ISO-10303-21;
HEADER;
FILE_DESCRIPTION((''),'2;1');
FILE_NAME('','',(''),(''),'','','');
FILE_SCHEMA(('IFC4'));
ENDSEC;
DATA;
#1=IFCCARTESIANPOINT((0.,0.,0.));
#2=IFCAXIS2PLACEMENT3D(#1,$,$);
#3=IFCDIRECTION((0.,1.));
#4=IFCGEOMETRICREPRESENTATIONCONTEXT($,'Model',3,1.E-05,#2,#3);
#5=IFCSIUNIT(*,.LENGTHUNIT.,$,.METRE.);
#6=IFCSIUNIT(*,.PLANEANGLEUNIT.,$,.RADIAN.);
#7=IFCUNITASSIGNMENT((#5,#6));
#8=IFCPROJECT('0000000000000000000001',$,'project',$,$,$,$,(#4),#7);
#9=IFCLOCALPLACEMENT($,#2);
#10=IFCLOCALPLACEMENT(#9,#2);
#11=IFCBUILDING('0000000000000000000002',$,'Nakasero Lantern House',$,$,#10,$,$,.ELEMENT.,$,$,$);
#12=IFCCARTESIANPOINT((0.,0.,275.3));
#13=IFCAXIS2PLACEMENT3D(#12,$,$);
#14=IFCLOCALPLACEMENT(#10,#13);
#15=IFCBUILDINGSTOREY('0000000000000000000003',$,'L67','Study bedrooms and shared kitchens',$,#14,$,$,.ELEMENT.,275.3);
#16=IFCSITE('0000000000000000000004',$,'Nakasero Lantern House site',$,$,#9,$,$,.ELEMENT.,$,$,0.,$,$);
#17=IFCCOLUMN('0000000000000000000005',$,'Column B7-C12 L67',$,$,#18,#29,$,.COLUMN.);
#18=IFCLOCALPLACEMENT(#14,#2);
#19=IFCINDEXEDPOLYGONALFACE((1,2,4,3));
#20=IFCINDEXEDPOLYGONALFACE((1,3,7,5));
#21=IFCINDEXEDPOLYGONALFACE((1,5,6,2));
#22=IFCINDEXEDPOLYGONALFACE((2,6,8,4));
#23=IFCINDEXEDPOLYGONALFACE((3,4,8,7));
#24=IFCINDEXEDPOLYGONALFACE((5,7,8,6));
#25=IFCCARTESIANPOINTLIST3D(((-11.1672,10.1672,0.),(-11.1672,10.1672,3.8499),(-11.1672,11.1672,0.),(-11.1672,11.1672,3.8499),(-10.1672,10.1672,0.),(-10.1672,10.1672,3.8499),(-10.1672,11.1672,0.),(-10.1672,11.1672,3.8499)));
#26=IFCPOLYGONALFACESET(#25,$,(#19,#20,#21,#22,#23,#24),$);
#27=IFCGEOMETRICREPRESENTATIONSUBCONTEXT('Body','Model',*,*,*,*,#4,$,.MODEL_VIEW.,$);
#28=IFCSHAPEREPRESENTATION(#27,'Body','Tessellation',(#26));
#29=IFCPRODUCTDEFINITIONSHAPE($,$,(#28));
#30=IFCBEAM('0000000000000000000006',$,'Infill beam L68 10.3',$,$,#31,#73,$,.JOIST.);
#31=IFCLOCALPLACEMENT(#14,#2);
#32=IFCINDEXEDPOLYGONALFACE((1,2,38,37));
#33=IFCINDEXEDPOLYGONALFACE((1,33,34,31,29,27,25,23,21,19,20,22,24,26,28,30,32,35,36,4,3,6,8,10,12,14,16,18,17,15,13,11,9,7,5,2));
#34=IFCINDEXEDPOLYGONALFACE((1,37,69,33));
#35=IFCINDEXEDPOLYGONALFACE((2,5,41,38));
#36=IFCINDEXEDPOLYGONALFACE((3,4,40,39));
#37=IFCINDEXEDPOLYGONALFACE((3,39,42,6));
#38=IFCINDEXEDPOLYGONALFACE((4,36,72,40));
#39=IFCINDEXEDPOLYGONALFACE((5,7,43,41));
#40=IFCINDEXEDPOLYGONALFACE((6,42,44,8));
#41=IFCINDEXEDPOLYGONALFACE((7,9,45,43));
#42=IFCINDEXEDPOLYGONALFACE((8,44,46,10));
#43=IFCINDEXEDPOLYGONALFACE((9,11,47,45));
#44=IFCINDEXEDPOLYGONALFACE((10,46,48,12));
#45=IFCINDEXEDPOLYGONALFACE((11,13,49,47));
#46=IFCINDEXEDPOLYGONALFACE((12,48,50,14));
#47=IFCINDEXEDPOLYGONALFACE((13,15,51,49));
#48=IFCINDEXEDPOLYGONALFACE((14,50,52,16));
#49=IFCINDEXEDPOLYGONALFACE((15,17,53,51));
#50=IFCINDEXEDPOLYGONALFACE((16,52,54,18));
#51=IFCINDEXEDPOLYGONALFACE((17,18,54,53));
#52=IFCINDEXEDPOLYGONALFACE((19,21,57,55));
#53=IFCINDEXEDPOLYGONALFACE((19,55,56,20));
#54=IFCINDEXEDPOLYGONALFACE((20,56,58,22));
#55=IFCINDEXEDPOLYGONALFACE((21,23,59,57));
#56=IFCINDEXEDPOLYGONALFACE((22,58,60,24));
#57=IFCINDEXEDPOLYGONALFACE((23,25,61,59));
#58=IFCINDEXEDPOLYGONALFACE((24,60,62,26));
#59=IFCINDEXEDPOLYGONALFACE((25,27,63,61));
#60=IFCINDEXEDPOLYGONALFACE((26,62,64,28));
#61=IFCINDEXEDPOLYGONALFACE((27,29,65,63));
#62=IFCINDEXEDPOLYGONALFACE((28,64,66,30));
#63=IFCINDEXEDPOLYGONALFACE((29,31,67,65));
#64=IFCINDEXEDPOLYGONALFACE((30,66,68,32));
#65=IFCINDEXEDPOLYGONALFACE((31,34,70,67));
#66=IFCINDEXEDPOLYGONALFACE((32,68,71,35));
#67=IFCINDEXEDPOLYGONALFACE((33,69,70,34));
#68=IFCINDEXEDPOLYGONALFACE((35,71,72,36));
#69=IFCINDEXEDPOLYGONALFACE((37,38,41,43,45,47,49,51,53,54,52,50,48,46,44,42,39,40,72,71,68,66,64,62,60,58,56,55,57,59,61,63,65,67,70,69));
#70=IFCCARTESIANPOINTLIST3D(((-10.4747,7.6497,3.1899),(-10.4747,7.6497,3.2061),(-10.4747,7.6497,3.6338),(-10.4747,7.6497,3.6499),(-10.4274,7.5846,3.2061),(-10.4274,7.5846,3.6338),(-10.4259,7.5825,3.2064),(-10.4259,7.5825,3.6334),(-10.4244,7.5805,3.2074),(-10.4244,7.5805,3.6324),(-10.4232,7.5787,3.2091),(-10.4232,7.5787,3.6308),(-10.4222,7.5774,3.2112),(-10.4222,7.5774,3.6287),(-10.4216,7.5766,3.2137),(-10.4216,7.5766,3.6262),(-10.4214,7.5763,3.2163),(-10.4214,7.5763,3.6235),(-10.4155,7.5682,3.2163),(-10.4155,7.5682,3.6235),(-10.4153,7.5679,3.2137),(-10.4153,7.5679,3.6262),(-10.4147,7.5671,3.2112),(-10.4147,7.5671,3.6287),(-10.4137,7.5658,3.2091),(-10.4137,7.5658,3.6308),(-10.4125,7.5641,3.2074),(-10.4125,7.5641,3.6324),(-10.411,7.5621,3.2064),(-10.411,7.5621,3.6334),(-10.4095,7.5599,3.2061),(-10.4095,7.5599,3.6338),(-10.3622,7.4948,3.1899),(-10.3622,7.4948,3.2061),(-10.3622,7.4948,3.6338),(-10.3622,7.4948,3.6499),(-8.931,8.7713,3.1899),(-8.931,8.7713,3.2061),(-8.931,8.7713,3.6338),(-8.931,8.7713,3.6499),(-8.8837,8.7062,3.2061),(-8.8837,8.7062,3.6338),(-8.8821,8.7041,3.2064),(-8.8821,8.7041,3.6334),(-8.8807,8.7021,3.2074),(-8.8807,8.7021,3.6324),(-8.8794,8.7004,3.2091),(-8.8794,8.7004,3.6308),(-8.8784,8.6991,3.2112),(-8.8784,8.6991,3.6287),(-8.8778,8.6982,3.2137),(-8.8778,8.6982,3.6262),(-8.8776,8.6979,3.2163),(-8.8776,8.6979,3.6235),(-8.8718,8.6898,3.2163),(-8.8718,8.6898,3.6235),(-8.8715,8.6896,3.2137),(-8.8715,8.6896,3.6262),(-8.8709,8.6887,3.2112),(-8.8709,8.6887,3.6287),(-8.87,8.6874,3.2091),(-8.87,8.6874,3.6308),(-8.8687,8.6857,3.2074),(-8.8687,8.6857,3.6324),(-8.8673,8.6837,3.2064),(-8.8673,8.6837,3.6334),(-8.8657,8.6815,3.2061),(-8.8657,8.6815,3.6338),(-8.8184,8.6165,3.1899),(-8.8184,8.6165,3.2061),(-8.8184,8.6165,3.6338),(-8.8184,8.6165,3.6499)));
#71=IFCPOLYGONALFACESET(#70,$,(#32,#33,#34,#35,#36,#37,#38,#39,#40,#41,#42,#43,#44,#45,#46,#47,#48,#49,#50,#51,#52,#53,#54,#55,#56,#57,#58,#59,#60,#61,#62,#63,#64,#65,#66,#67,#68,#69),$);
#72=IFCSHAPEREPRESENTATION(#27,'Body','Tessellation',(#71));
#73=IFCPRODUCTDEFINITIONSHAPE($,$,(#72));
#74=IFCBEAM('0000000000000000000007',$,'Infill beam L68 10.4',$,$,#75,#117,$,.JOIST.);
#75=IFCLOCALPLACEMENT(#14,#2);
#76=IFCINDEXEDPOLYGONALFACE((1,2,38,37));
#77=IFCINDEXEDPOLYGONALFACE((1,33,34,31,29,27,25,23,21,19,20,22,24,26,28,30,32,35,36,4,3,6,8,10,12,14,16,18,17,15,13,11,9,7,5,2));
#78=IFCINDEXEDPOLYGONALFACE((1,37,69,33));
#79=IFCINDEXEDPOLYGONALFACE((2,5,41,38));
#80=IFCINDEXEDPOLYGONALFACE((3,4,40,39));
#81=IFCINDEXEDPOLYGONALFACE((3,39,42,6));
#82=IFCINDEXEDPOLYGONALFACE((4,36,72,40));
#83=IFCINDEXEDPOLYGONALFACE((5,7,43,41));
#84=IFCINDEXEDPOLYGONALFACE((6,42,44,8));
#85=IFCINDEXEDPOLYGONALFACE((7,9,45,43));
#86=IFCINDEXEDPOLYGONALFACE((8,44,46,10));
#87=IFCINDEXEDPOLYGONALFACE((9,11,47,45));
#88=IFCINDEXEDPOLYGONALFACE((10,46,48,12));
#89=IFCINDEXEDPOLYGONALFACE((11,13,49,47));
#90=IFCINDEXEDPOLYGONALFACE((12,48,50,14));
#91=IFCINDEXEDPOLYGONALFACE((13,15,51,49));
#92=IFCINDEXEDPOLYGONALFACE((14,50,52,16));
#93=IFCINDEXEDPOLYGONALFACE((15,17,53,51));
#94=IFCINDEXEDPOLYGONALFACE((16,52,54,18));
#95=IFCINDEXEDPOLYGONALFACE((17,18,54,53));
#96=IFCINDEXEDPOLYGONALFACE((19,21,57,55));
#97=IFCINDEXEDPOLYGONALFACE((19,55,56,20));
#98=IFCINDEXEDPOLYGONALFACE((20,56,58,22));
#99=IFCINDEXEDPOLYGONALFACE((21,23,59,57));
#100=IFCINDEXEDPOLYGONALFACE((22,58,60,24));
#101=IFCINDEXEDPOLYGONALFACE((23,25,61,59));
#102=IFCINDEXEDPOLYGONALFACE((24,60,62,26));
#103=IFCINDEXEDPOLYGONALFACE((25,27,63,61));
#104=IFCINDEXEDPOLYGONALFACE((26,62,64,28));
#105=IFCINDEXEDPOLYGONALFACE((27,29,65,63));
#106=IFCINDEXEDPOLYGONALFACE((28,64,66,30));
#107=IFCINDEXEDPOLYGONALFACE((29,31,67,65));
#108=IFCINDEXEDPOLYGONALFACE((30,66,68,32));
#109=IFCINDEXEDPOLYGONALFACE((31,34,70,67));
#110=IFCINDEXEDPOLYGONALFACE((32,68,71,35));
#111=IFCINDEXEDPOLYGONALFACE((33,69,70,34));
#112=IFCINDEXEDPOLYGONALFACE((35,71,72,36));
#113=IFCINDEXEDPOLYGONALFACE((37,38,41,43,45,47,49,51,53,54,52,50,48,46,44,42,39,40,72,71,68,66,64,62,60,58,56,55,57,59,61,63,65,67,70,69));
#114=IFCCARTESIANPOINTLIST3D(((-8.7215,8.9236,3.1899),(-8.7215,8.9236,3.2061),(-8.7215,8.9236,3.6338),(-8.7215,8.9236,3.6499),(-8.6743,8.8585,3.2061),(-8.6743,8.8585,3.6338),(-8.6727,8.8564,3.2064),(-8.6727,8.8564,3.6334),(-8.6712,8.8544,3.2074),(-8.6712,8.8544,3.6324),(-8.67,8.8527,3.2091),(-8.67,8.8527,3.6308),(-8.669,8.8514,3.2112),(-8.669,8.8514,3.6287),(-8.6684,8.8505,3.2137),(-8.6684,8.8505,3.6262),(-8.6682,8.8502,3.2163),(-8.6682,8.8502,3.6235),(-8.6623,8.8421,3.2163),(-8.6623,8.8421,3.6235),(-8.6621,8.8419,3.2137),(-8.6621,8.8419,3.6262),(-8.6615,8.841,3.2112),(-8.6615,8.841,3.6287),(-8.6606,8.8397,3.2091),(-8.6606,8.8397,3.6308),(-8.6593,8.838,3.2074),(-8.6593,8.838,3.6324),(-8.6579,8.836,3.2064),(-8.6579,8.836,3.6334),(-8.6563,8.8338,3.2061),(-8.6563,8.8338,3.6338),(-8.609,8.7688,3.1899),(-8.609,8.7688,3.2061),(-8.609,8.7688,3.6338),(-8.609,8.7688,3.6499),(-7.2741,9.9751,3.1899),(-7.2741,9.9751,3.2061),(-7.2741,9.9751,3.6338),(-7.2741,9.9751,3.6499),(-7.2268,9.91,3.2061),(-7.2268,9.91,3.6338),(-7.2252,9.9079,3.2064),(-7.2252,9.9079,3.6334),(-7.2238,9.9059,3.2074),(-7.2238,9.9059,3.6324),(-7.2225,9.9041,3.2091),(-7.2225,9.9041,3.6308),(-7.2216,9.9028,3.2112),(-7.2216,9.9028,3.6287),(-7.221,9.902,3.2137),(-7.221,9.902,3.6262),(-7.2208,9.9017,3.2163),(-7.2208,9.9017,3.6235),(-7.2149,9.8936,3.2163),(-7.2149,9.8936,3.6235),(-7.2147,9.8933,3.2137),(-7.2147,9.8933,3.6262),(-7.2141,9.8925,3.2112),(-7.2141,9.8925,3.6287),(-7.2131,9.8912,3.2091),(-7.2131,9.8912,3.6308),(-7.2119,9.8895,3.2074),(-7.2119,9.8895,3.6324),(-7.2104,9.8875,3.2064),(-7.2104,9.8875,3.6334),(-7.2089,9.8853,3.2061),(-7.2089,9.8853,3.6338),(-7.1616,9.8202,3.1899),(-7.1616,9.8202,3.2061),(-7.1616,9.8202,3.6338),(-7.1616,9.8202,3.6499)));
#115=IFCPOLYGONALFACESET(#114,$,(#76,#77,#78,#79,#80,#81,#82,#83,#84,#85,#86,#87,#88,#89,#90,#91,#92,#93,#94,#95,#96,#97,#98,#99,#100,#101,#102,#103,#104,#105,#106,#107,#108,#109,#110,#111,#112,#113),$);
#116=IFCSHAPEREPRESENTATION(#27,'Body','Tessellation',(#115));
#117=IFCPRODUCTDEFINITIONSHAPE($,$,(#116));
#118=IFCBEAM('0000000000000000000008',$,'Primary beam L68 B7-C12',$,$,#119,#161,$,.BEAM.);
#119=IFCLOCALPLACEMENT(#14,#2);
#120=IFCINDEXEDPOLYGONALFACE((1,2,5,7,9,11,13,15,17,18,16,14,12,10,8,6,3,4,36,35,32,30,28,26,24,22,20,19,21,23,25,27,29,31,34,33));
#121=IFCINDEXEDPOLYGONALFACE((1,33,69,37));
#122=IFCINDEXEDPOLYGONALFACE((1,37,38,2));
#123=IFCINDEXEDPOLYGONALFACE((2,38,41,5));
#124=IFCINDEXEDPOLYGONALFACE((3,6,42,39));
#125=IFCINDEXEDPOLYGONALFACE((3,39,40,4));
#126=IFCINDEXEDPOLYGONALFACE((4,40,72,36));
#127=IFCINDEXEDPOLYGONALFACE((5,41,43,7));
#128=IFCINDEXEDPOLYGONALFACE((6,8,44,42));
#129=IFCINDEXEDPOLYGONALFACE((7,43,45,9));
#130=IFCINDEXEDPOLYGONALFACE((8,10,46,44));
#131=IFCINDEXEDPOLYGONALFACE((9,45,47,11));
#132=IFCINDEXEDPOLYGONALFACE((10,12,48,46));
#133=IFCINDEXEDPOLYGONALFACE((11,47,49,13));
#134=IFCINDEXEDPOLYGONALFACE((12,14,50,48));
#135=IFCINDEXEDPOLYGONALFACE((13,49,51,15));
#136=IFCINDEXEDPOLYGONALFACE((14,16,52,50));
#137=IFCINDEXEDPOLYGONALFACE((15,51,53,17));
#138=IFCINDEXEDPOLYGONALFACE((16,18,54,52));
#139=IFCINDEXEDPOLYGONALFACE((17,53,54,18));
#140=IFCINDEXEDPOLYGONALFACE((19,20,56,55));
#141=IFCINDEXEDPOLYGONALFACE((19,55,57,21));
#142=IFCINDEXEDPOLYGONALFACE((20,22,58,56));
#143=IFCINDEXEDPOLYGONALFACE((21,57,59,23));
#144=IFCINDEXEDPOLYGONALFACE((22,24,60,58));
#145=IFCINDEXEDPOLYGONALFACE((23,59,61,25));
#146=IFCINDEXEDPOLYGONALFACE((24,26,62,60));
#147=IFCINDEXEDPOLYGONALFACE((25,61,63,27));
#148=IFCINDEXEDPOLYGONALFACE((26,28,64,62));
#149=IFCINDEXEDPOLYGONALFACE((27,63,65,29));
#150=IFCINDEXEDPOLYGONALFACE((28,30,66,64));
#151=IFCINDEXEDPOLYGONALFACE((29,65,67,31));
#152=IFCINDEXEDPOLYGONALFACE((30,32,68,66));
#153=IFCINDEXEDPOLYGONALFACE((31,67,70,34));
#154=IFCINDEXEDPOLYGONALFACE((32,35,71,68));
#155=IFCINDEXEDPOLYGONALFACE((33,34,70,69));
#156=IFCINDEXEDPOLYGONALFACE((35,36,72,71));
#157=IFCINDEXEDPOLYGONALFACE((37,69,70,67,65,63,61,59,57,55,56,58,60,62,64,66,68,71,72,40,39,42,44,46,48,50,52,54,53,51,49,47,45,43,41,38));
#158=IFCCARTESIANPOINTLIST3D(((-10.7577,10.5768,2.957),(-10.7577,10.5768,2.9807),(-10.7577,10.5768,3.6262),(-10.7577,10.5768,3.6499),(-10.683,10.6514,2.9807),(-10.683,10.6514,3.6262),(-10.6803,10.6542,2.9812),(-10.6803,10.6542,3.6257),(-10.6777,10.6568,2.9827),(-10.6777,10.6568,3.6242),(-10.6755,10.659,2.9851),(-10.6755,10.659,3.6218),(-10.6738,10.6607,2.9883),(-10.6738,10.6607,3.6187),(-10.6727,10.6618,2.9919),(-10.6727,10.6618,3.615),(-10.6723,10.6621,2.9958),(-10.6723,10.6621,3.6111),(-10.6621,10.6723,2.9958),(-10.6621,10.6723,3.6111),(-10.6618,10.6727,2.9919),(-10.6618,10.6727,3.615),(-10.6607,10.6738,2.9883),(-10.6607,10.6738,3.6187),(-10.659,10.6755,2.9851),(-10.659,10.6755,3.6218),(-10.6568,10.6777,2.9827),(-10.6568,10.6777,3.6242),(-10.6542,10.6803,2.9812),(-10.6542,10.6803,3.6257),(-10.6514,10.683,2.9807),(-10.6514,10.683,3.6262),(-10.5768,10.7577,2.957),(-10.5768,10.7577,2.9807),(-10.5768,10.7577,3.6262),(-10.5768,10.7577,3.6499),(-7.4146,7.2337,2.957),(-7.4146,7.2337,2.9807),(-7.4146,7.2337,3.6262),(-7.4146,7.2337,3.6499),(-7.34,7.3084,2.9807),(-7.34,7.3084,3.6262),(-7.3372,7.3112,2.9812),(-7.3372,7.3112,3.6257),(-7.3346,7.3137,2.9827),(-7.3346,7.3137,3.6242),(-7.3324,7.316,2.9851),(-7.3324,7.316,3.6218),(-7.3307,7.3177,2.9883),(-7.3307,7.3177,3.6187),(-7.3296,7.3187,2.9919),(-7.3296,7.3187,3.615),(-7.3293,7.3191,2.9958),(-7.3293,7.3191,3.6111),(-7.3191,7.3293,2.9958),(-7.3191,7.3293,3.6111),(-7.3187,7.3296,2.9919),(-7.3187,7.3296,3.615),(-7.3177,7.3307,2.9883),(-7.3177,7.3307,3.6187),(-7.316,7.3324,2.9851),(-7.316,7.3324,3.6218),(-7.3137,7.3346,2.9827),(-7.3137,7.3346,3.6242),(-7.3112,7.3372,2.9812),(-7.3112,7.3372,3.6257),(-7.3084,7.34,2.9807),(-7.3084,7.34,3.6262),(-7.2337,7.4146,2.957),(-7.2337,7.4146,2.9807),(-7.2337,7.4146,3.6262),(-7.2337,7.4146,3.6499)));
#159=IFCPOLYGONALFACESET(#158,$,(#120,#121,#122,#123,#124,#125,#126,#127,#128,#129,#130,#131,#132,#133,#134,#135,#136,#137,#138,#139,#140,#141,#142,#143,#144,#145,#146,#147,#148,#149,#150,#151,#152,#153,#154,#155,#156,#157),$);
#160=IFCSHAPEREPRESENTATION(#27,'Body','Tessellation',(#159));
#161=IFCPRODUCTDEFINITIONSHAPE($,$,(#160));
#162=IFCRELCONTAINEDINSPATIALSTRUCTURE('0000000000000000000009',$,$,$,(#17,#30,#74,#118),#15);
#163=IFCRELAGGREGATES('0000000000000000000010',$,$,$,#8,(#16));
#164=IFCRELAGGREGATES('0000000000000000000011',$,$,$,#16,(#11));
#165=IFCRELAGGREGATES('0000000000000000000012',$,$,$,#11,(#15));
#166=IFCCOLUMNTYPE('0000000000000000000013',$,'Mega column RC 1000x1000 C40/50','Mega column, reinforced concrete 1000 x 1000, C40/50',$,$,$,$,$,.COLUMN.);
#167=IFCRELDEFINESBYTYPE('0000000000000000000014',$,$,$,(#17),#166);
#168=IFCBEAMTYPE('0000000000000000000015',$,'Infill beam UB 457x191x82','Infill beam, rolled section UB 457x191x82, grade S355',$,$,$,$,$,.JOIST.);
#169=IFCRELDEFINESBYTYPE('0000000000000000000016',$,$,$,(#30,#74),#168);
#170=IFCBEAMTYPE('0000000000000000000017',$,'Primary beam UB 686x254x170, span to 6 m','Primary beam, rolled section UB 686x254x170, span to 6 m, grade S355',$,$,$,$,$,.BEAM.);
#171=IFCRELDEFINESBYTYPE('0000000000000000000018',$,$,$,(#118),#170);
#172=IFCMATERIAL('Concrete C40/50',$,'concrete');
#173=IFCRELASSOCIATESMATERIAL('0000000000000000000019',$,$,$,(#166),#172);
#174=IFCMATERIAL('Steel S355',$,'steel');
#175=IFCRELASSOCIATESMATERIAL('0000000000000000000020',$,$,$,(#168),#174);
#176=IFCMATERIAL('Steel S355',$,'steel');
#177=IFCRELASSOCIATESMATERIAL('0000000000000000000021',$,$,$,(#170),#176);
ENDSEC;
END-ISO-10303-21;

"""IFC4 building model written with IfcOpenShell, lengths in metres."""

from ifc_helpers import new_model, si_unit, direction, frame, origin, origin_2d, place, context, subcontext, project, spatial, rectangle, i_section, extrude, material, material_profile, profile_set, type_object, element, save


model = new_model("IFC4")

# Units and contexts
model_context = context("Model", 3, precision=1e-05, world=origin(), true_north=direction((0.0, 1.0)))
body_context = subcontext(model_context, "Body", "Model", "MODEL_VIEW")
ifc_project = project(units=[si_unit("LENGTHUNIT", "METRE"), si_unit("PLANEANGLEUNIT", "RADIAN")], contexts=[model_context])

# Site, building, storey
site_placement = place(None, origin())
site = spatial("IfcSite", under=ifc_project, at=site_placement, Name="Nakasero Lantern House site", CompositionType="ELEMENT", RefElevation=0.0)
building_placement = place(site_placement, origin())
building = spatial("IfcBuilding", under=site, at=building_placement, Name="Nakasero Lantern House", CompositionType="ELEMENT")
storey_placement = place(building_placement, frame((0.0, 0.0, 275.3)))
storey = spatial("IfcBuildingStorey", under=building, at=storey_placement, Name="L67", Description="Study bedrooms and shared kitchens", CompositionType="ELEMENT", Elevation=275.3)

# Column
ifc_material_1 = material(Name="Concrete C40/50", Category="concrete")
ifc_material_profile_1 = material_profile(ifc_material_1, rectangle(XDim=1.0, YDim=1.0, at=origin_2d()), Name="RC 1000x1000")
ifc_profile_set_1 = profile_set([ifc_material_profile_1], Name="Concrete C40/50")
column_type = type_object("IfcColumnType", Name="Mega column RC 1000x1000 C40/50", Description="Mega column, reinforced concrete 1000 x 1000, C40/50", PredefinedType="COLUMN", material=ifc_profile_set_1)
column_placement = place(storey_placement, frame((-10.6672, 10.6672, 0.0), z_axis=(0.0, 0.0, 1.0), x_axis=(1.0, 0.0, 0.0)))
element("IfcColumn", 1, at=column_placement, inside=storey, type_object=column_type, Name="Column B7-C12 L67", PredefinedType="COLUMN", context=body_context, shape_type="SweptSolid", body=[
    extrude(rectangle(XDim=1.0, YDim=1.0, at=origin_2d()), origin(), (0.0, 0.0, 1.0), 3.8499),
])

# Beams
ifc_material_2 = material(Name="Steel S355", Category="steel")
ifc_material_profile_2 = material_profile(ifc_material_2, i_section(OverallWidth=0.1914, OverallDepth=0.46, WebThickness=0.01, FlangeThickness=0.0161, FilletRadius=0.0103, at=origin_2d()), Name="UB 457x191x82")
ifc_profile_set_2 = profile_set([ifc_material_profile_2], Name="Steel S355")
beam_type_1 = type_object("IfcBeamType", Name="Infill beam UB 457x191x82", Description="Infill beam, rolled section UB 457x191x82, grade S355", PredefinedType="JOIST", material=ifc_profile_set_2)
beam_1_placement = place(storey_placement, frame((-10.4185, 7.5723, 3.4199), z_axis=(0.809013, 0.587791, 0.0), x_axis=(-0.587791, 0.809013, 0.0)))
element("IfcBeam", 2, at=beam_1_placement, inside=storey, type_object=beam_type_1, Name="Infill beam L68 10.3", PredefinedType="JOIST", context=body_context, shape_type="SweptSolid", body=[
    extrude(i_section(OverallWidth=0.1914, OverallDepth=0.46, WebThickness=0.01, FlangeThickness=0.0161, FilletRadius=0.0103, at=origin_2d()), origin(), (0.0, 0.0, 1.0), 1.9082),
])
beam_2_placement = place(storey_placement, frame((-8.6653, 8.8462, 3.4199), z_axis=(0.809061, 0.587725, 0.0), x_axis=(-0.587725, 0.809061, 0.0)))
element("IfcBeam", 3, at=beam_2_placement, inside=storey, type_object=beam_type_1, Name="Infill beam L68 10.4", PredefinedType="JOIST", context=body_context, shape_type="SweptSolid", body=[
    extrude(i_section(OverallWidth=0.1914, OverallDepth=0.46, WebThickness=0.01, FlangeThickness=0.0161, FilletRadius=0.0103, at=origin_2d()), origin(), (0.0, 0.0, 1.0), 1.7891),
])
ifc_material_3 = material(Name="Steel S355", Category="steel")
ifc_material_profile_3 = material_profile(ifc_material_3, i_section(OverallWidth=0.2559, OverallDepth=0.6929, WebThickness=0.0144, FlangeThickness=0.0237, FilletRadius=0.0151, at=origin_2d()), Name="UB 686x254x170")
ifc_profile_set_3 = profile_set([ifc_material_profile_3], Name="Steel S355")
beam_type_2 = type_object("IfcBeamType", Name="Primary beam UB 686x254x170, span to 6 m", Description="Primary beam, rolled section UB 686x254x170, span to 6 m, grade S355", PredefinedType="BEAM", material=ifc_profile_set_3)
beam_3_placement = place(storey_placement, frame((-10.6672, 10.6672, 3.3035), z_axis=(0.707107, -0.707107, 0.0), x_axis=(0.707107, 0.707107, 0.0)))
element("IfcBeam", 4, at=beam_3_placement, inside=storey, type_object=beam_type_2, Name="Primary beam L68 B7-C12", PredefinedType="BEAM", context=body_context, shape_type="SweptSolid", body=[
    extrude(i_section(OverallWidth=0.2559, OverallDepth=0.6929, WebThickness=0.0144, FlangeThickness=0.0237, FilletRadius=0.0151, at=origin_2d()), origin(), (0.0, 0.0, 1.0), 4.7278),
])

save(model, "model.ifc")
